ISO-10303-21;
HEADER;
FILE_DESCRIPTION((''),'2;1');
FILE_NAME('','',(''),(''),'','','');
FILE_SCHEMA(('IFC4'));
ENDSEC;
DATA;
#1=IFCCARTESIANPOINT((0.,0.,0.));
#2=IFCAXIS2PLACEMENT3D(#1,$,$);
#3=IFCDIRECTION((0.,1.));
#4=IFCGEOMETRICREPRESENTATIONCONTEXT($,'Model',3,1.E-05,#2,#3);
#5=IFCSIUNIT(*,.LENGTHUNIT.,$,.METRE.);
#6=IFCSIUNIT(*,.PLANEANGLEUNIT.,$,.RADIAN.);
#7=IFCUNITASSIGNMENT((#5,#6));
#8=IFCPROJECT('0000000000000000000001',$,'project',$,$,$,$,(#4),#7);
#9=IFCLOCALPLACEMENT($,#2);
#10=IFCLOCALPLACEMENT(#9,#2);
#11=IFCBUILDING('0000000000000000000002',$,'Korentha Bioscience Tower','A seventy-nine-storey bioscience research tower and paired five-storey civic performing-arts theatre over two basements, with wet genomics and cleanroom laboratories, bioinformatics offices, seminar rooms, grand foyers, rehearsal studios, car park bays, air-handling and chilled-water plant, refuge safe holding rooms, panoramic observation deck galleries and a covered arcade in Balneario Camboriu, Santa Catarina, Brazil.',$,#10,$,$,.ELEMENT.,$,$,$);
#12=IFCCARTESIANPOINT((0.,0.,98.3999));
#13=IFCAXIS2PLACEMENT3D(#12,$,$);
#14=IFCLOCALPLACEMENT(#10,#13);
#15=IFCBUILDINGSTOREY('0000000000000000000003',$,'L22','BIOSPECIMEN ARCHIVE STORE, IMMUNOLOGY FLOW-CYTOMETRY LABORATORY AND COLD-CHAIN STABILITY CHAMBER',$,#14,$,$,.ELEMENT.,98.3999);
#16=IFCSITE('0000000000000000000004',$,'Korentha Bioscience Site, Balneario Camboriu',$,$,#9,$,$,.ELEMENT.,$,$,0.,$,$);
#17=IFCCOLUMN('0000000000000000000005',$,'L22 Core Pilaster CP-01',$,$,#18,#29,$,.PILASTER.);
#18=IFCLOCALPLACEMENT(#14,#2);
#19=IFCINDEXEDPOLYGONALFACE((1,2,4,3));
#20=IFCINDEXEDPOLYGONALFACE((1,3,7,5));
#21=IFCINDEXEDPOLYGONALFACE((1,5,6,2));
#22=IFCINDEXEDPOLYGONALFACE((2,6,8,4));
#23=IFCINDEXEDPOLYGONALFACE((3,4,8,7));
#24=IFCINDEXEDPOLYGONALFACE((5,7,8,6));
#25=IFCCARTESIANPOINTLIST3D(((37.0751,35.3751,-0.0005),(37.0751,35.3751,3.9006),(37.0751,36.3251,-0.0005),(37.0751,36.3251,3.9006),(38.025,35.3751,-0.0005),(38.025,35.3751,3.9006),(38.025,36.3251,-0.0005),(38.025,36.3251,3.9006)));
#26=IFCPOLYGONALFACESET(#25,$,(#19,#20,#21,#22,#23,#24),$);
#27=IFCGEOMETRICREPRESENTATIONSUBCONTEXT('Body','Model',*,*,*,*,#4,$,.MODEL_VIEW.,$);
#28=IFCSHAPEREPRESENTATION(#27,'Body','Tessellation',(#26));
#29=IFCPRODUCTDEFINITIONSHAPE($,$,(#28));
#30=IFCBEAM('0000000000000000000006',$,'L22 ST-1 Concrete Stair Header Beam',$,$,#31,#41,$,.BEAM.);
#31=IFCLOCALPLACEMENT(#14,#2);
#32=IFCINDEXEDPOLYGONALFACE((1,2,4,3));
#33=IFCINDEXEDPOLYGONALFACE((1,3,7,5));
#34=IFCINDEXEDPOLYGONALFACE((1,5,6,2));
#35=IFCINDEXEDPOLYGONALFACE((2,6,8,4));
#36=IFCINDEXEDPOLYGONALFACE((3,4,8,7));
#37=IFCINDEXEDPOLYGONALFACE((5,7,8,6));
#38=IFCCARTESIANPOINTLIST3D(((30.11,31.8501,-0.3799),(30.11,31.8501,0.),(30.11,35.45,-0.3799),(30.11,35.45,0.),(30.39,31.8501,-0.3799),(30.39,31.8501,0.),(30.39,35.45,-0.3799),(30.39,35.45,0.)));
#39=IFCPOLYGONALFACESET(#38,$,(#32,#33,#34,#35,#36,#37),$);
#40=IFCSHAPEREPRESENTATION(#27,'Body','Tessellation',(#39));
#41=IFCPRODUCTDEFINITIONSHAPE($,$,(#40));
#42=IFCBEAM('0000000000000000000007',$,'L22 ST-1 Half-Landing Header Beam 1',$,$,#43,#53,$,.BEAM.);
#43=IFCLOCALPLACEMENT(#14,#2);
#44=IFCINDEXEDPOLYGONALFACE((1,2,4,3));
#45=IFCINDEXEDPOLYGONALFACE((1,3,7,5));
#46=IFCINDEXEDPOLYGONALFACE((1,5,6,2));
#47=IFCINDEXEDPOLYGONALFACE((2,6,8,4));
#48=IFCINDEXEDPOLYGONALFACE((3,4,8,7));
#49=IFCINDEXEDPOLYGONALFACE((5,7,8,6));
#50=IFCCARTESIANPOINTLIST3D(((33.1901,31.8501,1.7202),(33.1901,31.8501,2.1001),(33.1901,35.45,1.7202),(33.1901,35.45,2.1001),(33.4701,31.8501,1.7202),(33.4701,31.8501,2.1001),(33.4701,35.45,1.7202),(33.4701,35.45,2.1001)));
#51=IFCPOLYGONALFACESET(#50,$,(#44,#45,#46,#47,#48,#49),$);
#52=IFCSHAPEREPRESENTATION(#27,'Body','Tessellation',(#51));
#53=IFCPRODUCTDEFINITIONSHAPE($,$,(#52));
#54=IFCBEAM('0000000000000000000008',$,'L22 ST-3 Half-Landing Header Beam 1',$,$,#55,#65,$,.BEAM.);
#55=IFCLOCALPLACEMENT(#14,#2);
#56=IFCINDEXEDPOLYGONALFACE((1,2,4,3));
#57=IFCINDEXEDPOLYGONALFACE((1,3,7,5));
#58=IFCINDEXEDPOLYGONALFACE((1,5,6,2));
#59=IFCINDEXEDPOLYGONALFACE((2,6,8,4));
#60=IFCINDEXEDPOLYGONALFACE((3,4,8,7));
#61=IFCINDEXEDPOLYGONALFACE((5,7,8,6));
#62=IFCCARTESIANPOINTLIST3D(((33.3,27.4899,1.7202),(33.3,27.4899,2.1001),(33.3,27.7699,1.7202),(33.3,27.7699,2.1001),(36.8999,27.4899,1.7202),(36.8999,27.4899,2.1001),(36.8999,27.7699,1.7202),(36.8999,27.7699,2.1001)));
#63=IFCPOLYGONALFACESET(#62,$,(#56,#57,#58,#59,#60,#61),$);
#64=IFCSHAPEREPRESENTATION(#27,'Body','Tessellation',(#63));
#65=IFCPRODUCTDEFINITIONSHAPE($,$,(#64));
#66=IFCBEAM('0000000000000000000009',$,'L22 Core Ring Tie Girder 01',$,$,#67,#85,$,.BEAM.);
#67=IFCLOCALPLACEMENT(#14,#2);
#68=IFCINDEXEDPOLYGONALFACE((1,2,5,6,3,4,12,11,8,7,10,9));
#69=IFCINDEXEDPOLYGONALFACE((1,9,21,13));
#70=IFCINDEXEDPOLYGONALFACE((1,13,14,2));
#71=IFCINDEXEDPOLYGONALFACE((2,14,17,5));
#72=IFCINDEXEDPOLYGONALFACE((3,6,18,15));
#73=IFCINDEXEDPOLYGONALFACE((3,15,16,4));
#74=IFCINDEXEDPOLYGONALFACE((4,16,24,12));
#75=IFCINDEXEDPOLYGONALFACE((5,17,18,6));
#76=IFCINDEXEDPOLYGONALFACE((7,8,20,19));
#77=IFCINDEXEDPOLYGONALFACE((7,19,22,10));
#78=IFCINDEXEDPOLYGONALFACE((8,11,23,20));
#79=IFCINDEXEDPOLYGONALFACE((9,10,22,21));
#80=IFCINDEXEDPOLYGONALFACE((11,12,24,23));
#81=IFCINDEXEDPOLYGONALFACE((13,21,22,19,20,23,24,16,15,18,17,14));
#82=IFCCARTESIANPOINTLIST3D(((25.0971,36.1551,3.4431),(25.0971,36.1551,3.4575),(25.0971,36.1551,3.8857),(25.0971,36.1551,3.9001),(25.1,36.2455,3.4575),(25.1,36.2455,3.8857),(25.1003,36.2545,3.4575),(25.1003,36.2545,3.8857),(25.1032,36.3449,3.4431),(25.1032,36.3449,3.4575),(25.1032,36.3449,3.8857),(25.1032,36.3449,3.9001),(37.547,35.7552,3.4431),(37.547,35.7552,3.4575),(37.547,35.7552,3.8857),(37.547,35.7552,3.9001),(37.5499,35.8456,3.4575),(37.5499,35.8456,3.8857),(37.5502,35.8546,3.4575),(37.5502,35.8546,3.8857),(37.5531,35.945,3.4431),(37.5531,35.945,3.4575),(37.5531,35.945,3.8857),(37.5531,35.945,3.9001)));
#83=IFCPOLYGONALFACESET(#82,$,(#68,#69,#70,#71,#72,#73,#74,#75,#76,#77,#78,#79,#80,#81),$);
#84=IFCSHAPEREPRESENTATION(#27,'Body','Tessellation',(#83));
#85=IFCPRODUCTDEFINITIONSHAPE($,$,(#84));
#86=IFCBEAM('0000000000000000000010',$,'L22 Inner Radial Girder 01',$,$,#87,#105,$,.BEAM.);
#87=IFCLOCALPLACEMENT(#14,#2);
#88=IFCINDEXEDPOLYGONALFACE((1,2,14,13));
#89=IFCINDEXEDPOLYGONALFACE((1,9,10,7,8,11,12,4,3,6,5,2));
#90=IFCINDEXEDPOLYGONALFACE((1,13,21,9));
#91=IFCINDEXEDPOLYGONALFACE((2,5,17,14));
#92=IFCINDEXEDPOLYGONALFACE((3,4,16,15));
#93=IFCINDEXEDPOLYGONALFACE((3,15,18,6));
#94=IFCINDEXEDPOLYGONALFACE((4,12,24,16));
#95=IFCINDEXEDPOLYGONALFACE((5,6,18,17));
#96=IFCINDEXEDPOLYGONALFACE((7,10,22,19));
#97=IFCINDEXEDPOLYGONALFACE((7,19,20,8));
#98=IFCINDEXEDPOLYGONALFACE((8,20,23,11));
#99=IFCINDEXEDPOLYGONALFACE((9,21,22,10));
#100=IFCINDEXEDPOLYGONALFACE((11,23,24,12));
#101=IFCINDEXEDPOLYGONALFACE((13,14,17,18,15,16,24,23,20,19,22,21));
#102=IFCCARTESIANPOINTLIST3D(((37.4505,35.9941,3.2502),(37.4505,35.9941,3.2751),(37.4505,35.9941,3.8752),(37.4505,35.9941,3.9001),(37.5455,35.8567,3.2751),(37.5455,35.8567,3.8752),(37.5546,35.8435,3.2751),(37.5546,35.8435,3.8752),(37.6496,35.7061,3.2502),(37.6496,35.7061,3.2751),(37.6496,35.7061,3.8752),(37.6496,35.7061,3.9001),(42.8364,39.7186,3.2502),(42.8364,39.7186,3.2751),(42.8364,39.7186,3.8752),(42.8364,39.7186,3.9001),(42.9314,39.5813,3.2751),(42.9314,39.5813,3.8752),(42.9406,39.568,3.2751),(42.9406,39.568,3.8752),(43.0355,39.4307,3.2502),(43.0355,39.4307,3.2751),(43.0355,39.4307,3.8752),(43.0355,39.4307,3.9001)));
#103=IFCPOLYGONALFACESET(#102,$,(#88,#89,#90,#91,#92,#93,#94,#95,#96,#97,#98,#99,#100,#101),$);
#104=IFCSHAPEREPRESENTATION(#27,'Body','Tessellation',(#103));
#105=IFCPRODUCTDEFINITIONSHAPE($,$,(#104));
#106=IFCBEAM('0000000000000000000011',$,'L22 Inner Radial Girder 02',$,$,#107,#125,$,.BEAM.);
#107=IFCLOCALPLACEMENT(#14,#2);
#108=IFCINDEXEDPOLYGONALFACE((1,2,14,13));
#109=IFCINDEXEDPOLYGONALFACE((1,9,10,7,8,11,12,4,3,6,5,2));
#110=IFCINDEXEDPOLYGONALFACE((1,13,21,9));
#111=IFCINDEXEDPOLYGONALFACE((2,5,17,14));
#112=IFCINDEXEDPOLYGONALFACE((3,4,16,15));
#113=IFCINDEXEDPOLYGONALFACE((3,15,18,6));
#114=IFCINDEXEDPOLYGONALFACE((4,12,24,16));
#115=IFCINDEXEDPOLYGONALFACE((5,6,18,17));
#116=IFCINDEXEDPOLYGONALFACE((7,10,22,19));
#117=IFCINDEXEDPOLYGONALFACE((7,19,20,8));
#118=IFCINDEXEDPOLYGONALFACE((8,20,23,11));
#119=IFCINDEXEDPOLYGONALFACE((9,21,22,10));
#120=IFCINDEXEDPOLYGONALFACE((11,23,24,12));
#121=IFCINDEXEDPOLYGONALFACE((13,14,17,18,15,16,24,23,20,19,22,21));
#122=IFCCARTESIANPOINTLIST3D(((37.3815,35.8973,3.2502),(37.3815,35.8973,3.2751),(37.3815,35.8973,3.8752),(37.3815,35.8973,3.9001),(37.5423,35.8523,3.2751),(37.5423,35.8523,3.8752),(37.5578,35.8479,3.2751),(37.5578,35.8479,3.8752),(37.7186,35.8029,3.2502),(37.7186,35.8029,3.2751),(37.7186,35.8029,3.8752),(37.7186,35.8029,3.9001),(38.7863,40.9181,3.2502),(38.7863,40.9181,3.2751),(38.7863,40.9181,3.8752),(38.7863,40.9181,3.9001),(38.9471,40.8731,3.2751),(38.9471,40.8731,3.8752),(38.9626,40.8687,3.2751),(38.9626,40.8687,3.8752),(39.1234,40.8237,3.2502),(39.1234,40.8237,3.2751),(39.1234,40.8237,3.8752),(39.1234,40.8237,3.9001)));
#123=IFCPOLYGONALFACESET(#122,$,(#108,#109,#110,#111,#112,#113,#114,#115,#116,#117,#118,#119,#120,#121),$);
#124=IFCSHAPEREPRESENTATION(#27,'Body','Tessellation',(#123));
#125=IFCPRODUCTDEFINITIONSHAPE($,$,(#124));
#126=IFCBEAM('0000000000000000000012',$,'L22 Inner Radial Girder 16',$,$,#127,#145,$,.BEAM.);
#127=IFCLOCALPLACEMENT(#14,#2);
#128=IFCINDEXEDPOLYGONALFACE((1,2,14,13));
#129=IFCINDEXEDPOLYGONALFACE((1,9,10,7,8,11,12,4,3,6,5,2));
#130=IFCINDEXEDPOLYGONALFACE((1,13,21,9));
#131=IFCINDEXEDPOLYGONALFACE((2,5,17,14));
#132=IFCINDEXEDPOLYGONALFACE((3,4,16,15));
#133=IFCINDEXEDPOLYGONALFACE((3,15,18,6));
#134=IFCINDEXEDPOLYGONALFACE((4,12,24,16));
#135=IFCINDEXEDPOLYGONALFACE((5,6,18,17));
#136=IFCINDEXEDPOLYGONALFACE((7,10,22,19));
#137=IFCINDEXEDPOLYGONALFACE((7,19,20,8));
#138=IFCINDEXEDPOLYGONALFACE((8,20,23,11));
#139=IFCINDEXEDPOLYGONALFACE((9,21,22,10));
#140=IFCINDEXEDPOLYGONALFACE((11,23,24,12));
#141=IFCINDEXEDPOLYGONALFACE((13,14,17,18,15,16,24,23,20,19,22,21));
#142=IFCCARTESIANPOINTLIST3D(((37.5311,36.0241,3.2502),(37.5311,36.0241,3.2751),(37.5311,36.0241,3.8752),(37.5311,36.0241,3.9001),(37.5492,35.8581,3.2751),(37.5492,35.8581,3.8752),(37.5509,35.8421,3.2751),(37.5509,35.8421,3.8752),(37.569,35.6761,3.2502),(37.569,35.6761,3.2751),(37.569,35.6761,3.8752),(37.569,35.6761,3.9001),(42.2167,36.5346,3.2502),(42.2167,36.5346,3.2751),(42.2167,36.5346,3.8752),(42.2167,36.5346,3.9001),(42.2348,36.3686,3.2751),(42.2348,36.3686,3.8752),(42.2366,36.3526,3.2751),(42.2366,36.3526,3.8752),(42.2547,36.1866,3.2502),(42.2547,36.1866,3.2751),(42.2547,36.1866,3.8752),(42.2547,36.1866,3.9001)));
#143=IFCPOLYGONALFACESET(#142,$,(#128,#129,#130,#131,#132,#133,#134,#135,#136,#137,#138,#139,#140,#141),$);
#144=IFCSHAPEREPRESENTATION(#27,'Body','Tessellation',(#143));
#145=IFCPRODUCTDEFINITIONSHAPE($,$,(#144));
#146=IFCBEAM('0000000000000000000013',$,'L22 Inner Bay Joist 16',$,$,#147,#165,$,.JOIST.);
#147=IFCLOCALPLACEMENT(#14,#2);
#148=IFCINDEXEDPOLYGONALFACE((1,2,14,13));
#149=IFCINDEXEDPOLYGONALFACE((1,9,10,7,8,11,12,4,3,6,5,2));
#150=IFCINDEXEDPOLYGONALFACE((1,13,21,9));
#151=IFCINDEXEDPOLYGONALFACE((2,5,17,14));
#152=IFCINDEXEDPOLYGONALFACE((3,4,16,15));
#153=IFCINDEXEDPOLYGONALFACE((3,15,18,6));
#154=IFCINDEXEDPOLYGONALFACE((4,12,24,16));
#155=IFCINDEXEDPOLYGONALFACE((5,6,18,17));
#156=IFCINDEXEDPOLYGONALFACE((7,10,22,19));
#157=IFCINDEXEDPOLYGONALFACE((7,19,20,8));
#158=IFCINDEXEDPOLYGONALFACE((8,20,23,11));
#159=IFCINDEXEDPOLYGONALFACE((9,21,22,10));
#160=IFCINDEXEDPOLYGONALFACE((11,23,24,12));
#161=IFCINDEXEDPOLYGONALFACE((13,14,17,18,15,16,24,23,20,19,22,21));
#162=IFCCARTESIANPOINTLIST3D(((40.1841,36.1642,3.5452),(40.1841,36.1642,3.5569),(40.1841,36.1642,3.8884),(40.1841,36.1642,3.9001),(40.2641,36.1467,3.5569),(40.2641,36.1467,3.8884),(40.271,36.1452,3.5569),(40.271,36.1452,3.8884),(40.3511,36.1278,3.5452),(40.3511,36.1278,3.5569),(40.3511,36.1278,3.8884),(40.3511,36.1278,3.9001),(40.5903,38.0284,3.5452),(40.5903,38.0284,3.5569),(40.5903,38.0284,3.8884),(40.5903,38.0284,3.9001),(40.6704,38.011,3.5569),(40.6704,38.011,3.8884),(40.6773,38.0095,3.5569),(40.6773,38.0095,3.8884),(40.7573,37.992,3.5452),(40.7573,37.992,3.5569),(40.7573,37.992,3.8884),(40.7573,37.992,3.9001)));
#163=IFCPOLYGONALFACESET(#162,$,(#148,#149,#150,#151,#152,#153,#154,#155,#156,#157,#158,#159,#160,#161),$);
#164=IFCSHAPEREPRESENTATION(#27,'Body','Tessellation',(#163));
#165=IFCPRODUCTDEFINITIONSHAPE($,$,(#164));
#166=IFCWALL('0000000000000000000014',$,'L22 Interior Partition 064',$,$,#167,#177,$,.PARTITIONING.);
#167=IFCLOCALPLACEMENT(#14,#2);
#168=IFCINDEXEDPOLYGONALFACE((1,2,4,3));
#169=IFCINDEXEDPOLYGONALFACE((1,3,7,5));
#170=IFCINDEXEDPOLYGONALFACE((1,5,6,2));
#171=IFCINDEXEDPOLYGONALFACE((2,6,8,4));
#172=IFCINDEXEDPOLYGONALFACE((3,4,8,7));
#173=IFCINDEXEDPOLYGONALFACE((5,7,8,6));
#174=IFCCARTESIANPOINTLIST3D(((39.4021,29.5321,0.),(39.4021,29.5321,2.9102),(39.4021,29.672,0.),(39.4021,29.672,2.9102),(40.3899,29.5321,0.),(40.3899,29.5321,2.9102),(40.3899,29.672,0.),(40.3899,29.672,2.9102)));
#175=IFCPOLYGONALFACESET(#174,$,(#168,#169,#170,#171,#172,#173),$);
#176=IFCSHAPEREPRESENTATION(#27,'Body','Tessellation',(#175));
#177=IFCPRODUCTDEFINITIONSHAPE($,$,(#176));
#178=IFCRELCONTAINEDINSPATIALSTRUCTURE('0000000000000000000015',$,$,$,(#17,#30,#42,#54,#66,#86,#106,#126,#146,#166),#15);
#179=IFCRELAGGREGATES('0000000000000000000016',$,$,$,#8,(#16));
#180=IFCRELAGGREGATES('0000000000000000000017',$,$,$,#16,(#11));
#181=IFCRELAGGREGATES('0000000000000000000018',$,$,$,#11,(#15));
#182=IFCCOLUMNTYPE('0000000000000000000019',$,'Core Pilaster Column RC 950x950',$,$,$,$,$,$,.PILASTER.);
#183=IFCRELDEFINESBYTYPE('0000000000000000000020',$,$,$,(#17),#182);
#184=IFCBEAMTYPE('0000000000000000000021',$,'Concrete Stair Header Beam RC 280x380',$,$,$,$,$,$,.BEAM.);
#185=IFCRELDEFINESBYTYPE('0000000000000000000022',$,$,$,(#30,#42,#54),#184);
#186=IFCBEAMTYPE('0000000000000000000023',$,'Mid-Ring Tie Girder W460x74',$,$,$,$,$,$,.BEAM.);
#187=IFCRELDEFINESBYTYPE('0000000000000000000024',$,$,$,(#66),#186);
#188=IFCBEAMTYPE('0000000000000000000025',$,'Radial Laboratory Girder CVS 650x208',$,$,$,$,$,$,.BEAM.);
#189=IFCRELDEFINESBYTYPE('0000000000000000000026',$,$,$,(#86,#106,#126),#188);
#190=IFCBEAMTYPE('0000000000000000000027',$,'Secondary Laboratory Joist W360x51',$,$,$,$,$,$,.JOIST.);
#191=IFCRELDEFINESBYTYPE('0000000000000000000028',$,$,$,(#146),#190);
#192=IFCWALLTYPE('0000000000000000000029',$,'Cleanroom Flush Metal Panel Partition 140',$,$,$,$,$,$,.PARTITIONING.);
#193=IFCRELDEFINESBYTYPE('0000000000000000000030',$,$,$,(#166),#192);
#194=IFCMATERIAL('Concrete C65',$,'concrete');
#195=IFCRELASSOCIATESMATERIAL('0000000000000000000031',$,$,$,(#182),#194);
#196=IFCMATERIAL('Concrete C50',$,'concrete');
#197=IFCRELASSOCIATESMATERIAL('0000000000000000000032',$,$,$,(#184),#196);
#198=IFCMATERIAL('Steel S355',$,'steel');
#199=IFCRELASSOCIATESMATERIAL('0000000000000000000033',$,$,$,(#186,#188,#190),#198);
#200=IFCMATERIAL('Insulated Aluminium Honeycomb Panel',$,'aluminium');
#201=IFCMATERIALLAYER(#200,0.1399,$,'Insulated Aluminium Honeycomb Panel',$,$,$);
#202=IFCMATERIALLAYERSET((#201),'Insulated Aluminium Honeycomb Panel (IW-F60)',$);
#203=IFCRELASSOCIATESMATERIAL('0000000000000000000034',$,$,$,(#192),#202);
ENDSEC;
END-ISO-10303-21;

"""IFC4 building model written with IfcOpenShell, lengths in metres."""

from ifc_helpers import new_model, si_unit, direction, frame, frame_2d, origin, origin_2d, place, context, subcontext, project, spatial, rectangle, i_section, extrude, material, layer, layer_set, material_profile, profile_set, type_object, element, save


model = new_model("IFC4")

# Units and contexts
model_context = context("Model", 3, precision=1e-05, world=origin(), true_north=direction((0.0, 1.0)))
body_context = subcontext(model_context, "Body", "Model", "MODEL_VIEW")
ifc_project = project(units=[si_unit("LENGTHUNIT", "METRE"), si_unit("PLANEANGLEUNIT", "RADIAN")], contexts=[model_context])

# Site, building, storey
site_placement = place(None, origin())
site = spatial("IfcSite", under=ifc_project, at=site_placement, Name="Korentha Bioscience Site, Balneario Camboriu", CompositionType="ELEMENT", RefElevation=0.0)
building_placement = place(site_placement, origin())
building = spatial("IfcBuilding", under=site, at=building_placement, Name="Korentha Bioscience Tower", Description="A seventy-nine-storey bioscience research tower and paired five-storey civic performing-arts theatre over two basements, with wet genomics and cleanroom laboratories, bioinformatics offices, seminar rooms, grand foyers, rehearsal studios, car park bays, air-handling and chilled-water plant, refuge safe holding rooms, panoramic observation deck galleries and a covered arcade in Balneario Camboriu, Santa Catarina, Brazil.", CompositionType="ELEMENT")
storey_placement = place(building_placement, frame((0.0, 0.0, 98.3999)))
storey = spatial("IfcBuildingStorey", under=building, at=storey_placement, Name="L22", Description="BIOSPECIMEN ARCHIVE STORE, IMMUNOLOGY FLOW-CYTOMETRY LABORATORY AND COLD-CHAIN STABILITY CHAMBER", CompositionType="ELEMENT", Elevation=98.3999)

# Column
ifc_material_1 = material(Name="Concrete C65", Category="concrete")
ifc_material_profile_1 = material_profile(ifc_material_1, rectangle(XDim=0.95, YDim=0.95, at=origin_2d()), Name="Concrete C65")
ifc_profile_set_1 = profile_set([ifc_material_profile_1], Name="Concrete C65 (COL-CP09)")
column_type = type_object("IfcColumnType", Name="Core Pilaster Column RC 950x950", PredefinedType="PILASTER", material=ifc_profile_set_1)
column_placement = place(storey_placement, frame((37.55, 35.8501, -0.0005), z_axis=(0.0, 0.0, 1.0), x_axis=(1.0, 0.0, 0.0)))
element("IfcColumn", 1, at=column_placement, inside=storey, type_object=column_type, Name="L22 Core Pilaster CP-01", PredefinedType="PILASTER", context=body_context, shape_type="SweptSolid", body=[
    extrude(rectangle(XDim=0.95, YDim=0.95, at=origin_2d()), origin(), (0.0, 0.0, 1.0), 3.9011),
])

# Beams
ifc_material_2 = material(Name="Concrete C50", Category="concrete")
ifc_material_profile_2 = material_profile(ifc_material_2, rectangle(XDim=0.28, YDim=0.3799, at=origin_2d()), Name="Concrete C50")
ifc_profile_set_2 = profile_set([ifc_material_profile_2], Name="Concrete C50 (ST-HB380)")
beam_type_1 = type_object("IfcBeamType", Name="Concrete Stair Header Beam RC 280x380", PredefinedType="BEAM", material=ifc_profile_set_2)
for number, where, z_axis, x_axis, name in (
    (2, (30.25, 31.8501, -0.1899), (0.0, 1.0, 0.0), (-1.0, 0.0, 0.0), "L22 ST-1 Concrete Stair Header Beam"),
    (3, (33.3301, 31.8501, 1.9102), (0.0, 1.0, 0.0), (-1.0, 0.0, 0.0), "L22 ST-1 Half-Landing Header Beam 1"),
    (4, (36.8999, 27.6299, 1.9102), (-1.0, 0.0, 0.0), (0.0, -1.0, 0.0), "L22 ST-3 Half-Landing Header Beam 1"),
):
    element("IfcBeam", number, at=place(storey_placement, frame(where, z_axis=z_axis, x_axis=x_axis)), inside=storey, type_object=beam_type_1, Name=name, PredefinedType="BEAM", context=body_context, shape_type="SweptSolid", body=[
        extrude(rectangle(XDim=0.28, YDim=0.3799, at=origin_2d()), origin(), (0.0, 0.0, 1.0), 3.5999),
    ])
ifc_material_3 = material(Name="Steel S355", Category="steel")
ifc_material_profile_3 = material_profile(ifc_material_3, i_section(OverallWidth=0.1899, OverallDepth=0.457, WebThickness=0.009, FlangeThickness=0.0144, at=origin_2d()), Name="Steel S355")
ifc_profile_set_3 = profile_set([ifc_material_profile_3], Name="Steel S355 (MB-460)")
beam_type_2 = type_object("IfcBeamType", Name="Mid-Ring Tie Girder W460x74", PredefinedType="BEAM", material=ifc_profile_set_3)
beam_1_placement = place(storey_placement, frame((37.55, 35.8501, 3.6716), z_axis=(-0.999485, 0.032104, 0.0), x_axis=(-0.032104, -0.999485, 0.0)))
element("IfcBeam", 5, at=beam_1_placement, inside=storey, type_object=beam_type_2, Name="L22 Core Ring Tie Girder 01", PredefinedType="BEAM", context=body_context, shape_type="SweptSolid", body=[
    extrude(i_section(OverallWidth=0.1899, OverallDepth=0.457, WebThickness=0.009, FlangeThickness=0.0144, at=origin_2d()), origin(), (0.0, 0.0, 1.0), 12.4563),
])
ifc_material_profile_4 = material_profile(ifc_material_3, i_section(OverallWidth=0.3501, OverallDepth=0.6499, WebThickness=0.0161, FlangeThickness=0.0249, at=origin_2d()), Name="Steel S355")
ifc_profile_set_4 = profile_set([ifc_material_profile_4], Name="Steel S355 (RB-650)")
beam_type_3 = type_object("IfcBeamType", Name="Radial Laboratory Girder CVS 650x208", PredefinedType="BEAM", material=ifc_profile_set_4)
beam_2_placement = place(storey_placement, frame((37.55, 35.8501, 3.5752), z_axis=(0.822489, 0.568781, 0.0), x_axis=(-0.568781, 0.822489, 0.0)))
element("IfcBeam", 6, at=beam_2_placement, inside=storey, type_object=beam_type_3, Name="L22 Inner Radial Girder 01", PredefinedType="BEAM", context=body_context, shape_type="SweptSolid", body=[
    extrude(i_section(OverallWidth=0.3501, OverallDepth=0.6499, WebThickness=0.0161, FlangeThickness=0.0249, at=origin_2d()), origin(), (0.0, 0.0, 1.0), 6.5483),
])
beam_3_placement = place(storey_placement, frame((37.55, 35.8501, 3.5752), z_axis=(0.269448, 0.963015, 0.0), x_axis=(-0.963015, 0.269448, 0.0)))
element("IfcBeam", 7, at=beam_3_placement, inside=storey, type_object=beam_type_3, Name="L22 Inner Radial Girder 02", PredefinedType="BEAM", context=body_context, shape_type="SweptSolid", body=[
    extrude(i_section(OverallWidth=0.3501, OverallDepth=0.6499, WebThickness=0.0161, FlangeThickness=0.0249, at=origin_2d()), origin(), (0.0, 0.0, 1.0), 5.2136),
])
beam_4_placement = place(storey_placement, frame((37.55, 35.8501, 3.5752), z_axis=(0.994117, 0.108311, 0.0), x_axis=(-0.108311, 0.994117, 0.0)))
element("IfcBeam", 8, at=beam_4_placement, inside=storey, type_object=beam_type_3, Name="L22 Inner Radial Girder 16", PredefinedType="BEAM", context=body_context, shape_type="SweptSolid", body=[
    extrude(i_section(OverallWidth=0.3501, OverallDepth=0.6499, WebThickness=0.0161, FlangeThickness=0.0249, at=origin_2d()), origin(), (0.0, 0.0, 1.0), 4.7134),
])
ifc_material_profile_5 = material_profile(ifc_material_3, i_section(OverallWidth=0.1709, OverallDepth=0.355, WebThickness=0.0071, FlangeThickness=0.0117, at=origin_2d()), Name="Steel S355")
ifc_profile_set_5 = profile_set([ifc_material_profile_5], Name="Steel S355 (JB-360)")
beam_type_4 = type_object("IfcBeamType", Name="Secondary Laboratory Joist W360x51", PredefinedType="JOIST", material=ifc_profile_set_5)
beam_5_placement = place(storey_placement, frame((40.2676, 36.146, 3.7227), z_axis=(0.212918, 0.97707, 0.0), x_axis=(-0.97707, 0.212918, 0.0)))
element("IfcBeam", 9, at=beam_5_placement, inside=storey, type_object=beam_type_4, Name="L22 Inner Bay Joist 16", PredefinedType="JOIST", context=body_context, shape_type="SweptSolid", body=[
    extrude(i_section(OverallWidth=0.1709, OverallDepth=0.355, WebThickness=0.0071, FlangeThickness=0.0117, at=origin_2d()), origin(), (0.0, 0.0, 1.0), 1.908),
])

# Wall
ifc_material_4 = material(Name="Insulated Aluminium Honeycomb Panel", Category="aluminium")
ifc_layer_1 = layer(ifc_material_4, 0.1399, Name="Insulated Aluminium Honeycomb Panel")
ifc_layer_set_1 = layer_set([ifc_layer_1], Name="Insulated Aluminium Honeycomb Panel (IW-F60)")
wall_type_1 = type_object("IfcWallType", Name="Cleanroom Flush Metal Panel Partition 140", PredefinedType="PARTITIONING", material=ifc_layer_set_1)
wall_1_placement = place(storey_placement, frame((40.3899, 29.6021, 0.0), z_axis=(0.0, 0.0, 1.0), x_axis=(-1.0, 0.0, 0.0)))
element("IfcWall", 10, at=wall_1_placement, inside=storey, type_object=wall_type_1, Name="L22 Interior Partition 064", PredefinedType="PARTITIONING", context=body_context, shape_type="SweptSolid", body=[
    extrude(rectangle(XDim=0.9878, YDim=0.1399, at=frame_2d((0.4939, 0.0))), origin(), (0.0, 0.0, 1.0), 2.9102),
])

save(model, "model.ifc")
